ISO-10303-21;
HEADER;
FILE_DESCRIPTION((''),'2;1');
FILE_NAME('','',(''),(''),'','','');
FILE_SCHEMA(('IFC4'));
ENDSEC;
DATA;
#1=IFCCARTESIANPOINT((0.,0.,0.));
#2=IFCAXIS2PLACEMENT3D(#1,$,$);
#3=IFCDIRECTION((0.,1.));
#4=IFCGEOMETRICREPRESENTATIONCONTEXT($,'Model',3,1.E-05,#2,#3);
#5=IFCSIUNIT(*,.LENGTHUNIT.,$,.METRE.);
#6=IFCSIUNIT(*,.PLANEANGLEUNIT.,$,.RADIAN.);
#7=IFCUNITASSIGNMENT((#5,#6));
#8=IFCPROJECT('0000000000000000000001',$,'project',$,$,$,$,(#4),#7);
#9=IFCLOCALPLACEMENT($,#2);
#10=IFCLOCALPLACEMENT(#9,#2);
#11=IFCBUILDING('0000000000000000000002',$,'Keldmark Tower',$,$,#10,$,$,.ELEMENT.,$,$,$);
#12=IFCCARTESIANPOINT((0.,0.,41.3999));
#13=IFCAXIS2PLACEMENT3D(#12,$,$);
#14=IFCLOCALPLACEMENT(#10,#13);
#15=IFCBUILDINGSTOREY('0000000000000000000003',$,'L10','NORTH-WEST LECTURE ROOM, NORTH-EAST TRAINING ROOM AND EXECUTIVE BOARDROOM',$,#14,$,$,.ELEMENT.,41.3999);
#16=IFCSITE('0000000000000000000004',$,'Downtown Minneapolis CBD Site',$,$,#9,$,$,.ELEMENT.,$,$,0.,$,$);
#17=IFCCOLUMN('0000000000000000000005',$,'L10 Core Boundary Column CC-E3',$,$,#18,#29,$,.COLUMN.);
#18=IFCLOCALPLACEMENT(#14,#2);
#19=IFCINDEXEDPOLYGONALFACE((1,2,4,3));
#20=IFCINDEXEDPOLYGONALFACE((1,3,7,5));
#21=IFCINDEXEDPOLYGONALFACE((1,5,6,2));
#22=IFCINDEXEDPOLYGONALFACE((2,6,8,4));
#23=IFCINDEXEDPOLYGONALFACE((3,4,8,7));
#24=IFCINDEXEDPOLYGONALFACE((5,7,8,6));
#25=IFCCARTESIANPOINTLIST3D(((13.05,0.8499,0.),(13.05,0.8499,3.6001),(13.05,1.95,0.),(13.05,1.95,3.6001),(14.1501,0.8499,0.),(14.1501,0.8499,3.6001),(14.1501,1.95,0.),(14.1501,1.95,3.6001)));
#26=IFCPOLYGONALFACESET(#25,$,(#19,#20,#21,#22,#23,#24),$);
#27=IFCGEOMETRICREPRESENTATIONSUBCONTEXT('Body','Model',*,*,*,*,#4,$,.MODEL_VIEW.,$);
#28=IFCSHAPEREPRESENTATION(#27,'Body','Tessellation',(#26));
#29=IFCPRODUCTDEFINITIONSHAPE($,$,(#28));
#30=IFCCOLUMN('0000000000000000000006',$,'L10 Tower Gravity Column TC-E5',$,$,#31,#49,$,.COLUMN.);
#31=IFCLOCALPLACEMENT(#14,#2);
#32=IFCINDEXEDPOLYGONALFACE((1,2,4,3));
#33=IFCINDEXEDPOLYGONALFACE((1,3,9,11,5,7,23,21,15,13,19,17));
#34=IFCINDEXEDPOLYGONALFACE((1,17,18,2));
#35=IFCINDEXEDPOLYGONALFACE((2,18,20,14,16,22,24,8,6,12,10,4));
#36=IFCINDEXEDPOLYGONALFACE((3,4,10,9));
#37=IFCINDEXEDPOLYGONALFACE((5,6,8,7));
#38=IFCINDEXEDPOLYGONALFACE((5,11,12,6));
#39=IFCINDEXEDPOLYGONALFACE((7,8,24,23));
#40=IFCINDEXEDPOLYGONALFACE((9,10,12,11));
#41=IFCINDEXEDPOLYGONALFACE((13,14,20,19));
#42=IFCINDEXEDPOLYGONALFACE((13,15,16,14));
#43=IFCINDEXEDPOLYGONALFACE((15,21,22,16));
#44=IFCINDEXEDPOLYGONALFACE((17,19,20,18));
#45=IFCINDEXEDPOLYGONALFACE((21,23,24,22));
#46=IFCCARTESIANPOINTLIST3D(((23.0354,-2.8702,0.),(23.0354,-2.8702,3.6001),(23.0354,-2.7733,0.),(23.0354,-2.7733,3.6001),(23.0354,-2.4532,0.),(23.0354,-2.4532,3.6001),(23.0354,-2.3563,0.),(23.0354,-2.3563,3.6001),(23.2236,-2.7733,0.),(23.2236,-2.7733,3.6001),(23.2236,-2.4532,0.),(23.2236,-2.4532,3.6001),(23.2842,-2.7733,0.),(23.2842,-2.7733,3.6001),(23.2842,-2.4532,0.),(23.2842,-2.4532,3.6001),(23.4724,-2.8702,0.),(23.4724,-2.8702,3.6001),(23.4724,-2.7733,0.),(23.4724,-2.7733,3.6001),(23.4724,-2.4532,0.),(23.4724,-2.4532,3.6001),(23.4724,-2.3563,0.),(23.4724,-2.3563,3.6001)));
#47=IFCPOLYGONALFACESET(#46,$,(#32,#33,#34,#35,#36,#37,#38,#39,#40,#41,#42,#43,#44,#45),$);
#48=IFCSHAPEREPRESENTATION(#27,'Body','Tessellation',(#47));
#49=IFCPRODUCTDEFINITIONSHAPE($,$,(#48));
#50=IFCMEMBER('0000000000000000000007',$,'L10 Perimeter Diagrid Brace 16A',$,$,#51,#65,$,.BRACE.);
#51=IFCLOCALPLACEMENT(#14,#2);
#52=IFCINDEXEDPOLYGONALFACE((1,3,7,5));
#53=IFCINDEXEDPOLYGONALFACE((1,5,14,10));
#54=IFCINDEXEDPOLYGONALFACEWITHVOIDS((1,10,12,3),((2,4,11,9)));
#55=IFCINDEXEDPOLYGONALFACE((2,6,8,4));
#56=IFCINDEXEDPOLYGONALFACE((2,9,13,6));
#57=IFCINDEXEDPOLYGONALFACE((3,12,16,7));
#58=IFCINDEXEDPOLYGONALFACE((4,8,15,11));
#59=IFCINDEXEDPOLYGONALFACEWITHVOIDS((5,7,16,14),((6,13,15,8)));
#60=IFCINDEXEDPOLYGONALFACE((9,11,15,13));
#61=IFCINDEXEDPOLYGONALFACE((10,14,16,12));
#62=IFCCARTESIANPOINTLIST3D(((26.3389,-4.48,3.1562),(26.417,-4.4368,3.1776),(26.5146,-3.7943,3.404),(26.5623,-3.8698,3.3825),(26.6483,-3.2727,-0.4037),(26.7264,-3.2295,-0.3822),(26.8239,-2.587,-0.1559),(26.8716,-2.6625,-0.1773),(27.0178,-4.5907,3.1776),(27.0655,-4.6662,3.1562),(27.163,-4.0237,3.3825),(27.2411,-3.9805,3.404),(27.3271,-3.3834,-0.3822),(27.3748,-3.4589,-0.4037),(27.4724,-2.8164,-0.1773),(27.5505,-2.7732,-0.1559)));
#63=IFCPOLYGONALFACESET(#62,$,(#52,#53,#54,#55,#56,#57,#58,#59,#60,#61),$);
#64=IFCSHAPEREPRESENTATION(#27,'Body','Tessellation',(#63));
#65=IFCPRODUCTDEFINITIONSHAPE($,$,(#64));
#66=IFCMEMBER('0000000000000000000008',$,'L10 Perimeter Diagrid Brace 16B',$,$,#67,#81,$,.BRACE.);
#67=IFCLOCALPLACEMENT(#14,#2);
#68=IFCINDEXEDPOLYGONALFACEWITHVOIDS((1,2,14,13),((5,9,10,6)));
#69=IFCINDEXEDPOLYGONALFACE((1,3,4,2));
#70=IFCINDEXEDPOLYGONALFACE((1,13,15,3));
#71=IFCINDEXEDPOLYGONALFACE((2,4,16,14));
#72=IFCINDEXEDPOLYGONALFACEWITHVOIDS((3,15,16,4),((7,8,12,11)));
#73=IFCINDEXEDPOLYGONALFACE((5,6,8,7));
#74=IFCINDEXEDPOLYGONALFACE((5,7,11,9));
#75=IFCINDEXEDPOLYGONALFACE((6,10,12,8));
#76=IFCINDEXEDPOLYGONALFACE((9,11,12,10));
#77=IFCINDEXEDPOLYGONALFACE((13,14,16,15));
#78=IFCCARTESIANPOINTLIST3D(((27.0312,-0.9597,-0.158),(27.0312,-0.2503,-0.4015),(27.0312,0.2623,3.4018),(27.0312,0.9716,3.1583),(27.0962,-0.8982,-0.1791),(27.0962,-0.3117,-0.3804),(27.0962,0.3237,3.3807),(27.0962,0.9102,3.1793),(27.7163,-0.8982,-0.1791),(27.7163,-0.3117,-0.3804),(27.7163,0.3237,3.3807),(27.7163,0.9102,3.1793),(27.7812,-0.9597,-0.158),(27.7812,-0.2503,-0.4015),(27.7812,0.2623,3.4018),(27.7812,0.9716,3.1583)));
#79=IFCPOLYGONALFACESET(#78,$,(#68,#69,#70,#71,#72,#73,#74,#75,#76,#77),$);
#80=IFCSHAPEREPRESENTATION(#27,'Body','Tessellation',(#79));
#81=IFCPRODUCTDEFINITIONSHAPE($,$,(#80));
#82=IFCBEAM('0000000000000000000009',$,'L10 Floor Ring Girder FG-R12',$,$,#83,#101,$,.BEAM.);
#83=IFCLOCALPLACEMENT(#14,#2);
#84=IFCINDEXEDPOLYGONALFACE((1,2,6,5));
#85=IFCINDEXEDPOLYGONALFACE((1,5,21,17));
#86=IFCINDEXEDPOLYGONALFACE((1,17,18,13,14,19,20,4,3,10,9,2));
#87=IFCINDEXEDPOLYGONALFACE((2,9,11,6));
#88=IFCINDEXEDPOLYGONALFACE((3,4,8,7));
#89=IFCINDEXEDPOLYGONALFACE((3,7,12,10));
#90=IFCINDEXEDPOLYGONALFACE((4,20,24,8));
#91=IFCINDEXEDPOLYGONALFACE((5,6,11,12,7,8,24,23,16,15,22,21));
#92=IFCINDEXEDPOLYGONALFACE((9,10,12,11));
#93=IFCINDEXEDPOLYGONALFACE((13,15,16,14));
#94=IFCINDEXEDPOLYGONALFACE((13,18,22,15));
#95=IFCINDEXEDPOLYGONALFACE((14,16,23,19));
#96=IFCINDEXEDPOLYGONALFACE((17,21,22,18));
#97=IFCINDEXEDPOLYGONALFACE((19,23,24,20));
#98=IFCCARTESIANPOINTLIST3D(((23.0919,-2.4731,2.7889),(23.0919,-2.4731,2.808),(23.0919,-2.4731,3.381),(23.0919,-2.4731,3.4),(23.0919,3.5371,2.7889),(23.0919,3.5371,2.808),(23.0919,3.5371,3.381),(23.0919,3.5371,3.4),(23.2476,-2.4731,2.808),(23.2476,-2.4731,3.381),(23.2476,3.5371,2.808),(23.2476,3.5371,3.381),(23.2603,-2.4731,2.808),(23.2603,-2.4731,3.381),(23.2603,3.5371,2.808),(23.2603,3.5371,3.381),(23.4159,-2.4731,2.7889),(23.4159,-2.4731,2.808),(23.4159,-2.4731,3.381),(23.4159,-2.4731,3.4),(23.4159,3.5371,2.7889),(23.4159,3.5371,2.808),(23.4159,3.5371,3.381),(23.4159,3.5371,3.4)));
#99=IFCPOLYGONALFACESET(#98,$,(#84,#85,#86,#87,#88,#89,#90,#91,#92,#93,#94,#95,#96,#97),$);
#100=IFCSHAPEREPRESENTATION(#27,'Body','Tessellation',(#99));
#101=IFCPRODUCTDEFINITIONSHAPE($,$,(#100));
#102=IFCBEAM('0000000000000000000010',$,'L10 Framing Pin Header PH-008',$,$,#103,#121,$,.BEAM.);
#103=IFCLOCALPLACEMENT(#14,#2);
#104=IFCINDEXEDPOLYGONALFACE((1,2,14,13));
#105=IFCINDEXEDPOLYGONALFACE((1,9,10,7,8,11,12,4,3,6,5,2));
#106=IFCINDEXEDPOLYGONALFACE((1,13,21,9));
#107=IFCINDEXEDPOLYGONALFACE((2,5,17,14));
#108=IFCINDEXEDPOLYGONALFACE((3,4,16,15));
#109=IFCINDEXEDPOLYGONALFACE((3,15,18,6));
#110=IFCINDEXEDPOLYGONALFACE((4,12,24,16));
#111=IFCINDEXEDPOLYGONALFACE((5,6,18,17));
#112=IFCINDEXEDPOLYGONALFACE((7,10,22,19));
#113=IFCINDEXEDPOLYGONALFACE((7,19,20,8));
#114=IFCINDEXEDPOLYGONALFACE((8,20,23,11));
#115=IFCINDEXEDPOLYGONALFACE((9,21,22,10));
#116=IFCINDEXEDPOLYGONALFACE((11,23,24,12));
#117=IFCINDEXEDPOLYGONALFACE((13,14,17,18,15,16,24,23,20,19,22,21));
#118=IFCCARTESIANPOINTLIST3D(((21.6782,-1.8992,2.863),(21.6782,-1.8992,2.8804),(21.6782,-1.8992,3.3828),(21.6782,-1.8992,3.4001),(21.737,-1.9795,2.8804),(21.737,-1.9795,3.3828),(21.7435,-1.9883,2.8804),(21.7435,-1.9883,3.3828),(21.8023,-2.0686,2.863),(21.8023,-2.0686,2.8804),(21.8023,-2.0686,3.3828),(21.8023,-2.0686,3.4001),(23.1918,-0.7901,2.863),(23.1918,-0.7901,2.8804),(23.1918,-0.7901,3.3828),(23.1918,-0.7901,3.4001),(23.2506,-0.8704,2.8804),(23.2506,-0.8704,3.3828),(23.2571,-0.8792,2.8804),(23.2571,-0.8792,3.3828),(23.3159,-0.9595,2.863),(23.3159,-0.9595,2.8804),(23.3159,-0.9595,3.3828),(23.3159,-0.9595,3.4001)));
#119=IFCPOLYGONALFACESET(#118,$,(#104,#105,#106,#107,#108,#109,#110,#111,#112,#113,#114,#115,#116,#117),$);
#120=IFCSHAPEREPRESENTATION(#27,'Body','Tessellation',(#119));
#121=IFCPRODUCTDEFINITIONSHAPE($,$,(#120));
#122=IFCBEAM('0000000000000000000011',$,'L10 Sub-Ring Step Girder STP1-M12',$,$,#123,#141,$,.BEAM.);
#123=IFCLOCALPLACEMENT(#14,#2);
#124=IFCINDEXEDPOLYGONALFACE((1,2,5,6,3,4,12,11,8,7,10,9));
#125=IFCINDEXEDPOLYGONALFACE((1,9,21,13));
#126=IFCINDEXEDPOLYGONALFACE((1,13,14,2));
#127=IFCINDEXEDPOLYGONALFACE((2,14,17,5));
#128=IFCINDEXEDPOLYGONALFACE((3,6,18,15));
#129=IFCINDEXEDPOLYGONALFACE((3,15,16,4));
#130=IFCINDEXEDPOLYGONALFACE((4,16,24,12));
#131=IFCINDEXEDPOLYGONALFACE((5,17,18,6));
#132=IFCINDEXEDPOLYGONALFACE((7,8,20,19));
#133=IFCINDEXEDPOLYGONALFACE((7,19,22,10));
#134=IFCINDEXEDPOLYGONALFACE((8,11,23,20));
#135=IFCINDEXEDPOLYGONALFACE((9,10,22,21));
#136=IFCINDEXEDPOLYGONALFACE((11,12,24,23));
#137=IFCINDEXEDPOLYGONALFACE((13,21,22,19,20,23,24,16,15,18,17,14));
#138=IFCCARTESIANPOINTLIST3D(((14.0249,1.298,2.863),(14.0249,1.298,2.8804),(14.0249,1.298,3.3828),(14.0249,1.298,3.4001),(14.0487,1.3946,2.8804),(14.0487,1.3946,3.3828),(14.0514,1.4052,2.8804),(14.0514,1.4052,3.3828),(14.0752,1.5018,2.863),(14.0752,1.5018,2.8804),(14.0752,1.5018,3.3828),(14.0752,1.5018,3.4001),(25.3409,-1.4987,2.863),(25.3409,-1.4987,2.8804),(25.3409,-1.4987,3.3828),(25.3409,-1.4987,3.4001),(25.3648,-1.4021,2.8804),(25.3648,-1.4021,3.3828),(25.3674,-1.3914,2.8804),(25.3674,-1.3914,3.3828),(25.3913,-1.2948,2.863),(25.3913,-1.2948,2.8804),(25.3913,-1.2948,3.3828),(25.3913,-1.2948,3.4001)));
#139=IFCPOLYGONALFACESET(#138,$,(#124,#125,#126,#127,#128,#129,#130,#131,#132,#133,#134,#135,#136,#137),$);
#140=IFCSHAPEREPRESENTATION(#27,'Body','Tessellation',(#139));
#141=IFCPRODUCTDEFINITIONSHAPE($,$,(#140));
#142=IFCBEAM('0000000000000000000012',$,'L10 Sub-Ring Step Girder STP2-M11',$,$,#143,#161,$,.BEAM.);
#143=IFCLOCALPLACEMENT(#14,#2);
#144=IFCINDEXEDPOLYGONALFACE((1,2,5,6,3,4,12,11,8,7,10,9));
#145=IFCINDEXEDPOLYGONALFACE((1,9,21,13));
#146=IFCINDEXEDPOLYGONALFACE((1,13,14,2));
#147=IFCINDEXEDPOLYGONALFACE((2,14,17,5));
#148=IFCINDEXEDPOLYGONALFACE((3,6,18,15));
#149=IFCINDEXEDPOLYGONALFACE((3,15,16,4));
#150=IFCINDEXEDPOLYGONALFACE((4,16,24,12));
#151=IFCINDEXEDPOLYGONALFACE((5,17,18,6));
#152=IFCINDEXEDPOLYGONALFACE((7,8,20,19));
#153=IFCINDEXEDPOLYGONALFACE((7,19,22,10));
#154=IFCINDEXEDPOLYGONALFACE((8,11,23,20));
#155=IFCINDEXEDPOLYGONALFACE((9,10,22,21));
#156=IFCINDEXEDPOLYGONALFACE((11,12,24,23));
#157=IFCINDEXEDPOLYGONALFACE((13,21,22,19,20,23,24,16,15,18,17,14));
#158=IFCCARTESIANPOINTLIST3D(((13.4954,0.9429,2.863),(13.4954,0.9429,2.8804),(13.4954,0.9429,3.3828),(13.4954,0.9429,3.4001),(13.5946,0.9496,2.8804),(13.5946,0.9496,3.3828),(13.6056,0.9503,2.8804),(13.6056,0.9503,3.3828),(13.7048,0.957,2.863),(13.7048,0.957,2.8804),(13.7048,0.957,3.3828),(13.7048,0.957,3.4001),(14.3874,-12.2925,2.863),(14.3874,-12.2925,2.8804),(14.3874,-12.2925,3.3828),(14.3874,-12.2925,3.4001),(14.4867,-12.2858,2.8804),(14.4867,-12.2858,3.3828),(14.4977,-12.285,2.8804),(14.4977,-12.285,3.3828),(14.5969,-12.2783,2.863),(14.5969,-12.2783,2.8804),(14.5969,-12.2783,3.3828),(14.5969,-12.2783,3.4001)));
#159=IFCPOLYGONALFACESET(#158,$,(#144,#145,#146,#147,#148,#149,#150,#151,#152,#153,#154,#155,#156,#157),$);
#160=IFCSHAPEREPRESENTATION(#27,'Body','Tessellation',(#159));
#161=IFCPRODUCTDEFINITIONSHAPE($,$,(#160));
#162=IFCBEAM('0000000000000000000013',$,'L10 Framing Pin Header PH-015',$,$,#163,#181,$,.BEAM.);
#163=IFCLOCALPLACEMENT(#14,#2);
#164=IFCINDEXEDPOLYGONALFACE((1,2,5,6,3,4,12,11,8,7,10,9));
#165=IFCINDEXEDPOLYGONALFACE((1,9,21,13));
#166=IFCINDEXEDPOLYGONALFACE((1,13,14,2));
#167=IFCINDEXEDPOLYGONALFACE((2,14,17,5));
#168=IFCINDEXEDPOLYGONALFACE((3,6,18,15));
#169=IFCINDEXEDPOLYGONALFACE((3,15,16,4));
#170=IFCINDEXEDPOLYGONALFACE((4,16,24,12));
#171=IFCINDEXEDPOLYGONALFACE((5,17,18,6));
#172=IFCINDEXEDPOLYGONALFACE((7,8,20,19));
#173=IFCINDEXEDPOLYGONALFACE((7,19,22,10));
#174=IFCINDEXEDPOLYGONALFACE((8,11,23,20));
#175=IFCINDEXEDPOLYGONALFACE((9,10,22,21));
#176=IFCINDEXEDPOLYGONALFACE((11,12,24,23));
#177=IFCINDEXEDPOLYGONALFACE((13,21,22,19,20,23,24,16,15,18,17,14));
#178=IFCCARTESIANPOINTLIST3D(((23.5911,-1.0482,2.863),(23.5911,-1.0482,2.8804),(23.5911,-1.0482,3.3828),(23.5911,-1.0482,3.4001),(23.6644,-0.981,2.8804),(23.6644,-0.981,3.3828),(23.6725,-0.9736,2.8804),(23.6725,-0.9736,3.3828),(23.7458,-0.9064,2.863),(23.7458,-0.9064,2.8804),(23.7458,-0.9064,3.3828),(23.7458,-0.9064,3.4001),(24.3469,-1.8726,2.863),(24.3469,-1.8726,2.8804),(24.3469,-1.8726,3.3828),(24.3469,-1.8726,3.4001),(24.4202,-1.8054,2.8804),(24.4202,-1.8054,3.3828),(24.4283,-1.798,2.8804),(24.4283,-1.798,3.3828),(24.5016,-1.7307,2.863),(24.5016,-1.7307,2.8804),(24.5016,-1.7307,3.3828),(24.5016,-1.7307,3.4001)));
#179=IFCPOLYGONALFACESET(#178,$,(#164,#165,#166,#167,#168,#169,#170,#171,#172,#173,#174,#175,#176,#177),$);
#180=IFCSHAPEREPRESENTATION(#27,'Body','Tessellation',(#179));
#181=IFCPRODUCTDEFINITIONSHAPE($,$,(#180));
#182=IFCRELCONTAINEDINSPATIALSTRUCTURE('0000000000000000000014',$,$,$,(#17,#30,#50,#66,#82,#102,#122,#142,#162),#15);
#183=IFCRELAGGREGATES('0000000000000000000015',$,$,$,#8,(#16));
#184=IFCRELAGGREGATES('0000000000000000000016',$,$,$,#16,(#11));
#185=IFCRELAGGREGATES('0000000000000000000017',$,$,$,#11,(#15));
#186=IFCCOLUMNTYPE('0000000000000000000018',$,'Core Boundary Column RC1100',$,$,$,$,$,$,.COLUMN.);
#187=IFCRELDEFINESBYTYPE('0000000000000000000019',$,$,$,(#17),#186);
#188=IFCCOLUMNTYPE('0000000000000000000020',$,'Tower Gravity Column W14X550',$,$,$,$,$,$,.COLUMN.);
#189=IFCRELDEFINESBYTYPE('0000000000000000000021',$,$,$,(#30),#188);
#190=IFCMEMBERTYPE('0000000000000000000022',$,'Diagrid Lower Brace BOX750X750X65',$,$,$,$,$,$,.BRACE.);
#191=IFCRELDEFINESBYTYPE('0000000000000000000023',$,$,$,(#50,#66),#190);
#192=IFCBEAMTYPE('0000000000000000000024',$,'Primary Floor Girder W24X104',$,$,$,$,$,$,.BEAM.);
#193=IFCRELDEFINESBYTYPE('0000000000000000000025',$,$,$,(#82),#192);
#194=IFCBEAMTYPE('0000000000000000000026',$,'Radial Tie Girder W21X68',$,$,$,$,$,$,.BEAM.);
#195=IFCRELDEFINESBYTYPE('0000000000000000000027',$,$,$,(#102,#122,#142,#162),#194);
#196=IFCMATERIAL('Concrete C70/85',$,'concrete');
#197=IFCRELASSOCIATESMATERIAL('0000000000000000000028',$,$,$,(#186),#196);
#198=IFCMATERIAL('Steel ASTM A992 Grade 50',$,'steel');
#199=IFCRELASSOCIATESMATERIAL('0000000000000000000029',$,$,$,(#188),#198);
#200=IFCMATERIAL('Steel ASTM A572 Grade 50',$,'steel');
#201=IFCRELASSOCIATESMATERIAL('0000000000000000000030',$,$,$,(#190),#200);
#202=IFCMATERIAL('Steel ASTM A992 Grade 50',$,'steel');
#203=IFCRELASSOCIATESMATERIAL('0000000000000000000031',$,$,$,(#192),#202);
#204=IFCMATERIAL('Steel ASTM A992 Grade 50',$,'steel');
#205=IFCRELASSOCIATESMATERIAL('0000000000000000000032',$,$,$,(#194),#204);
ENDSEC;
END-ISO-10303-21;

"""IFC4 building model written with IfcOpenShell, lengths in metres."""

from ifc_helpers import new_model, si_unit, direction, frame, origin, origin_2d, place, context, subcontext, project, spatial, rectangle, hollow_rectangle, i_section, extrude, material, material_profile, profile_set, type_object, element, save


model = new_model("IFC4")

# Units and contexts
model_context = context("Model", 3, precision=1e-05, world=origin(), true_north=direction((0.0, 1.0)))
body_context = subcontext(model_context, "Body", "Model", "MODEL_VIEW")
ifc_project = project(units=[si_unit("LENGTHUNIT", "METRE"), si_unit("PLANEANGLEUNIT", "RADIAN")], contexts=[model_context])

# Site, building, storey
site_placement = place(None, origin())
site = spatial("IfcSite", under=ifc_project, at=site_placement, Name="Downtown Minneapolis CBD Site", CompositionType="ELEMENT", RefElevation=0.0)
building_placement = place(site_placement, origin())
building = spatial("IfcBuilding", under=site, at=building_placement, Name="Keldmark Tower", CompositionType="ELEMENT")
storey_placement = place(building_placement, frame((0.0, 0.0, 41.3999)))
storey = spatial("IfcBuildingStorey", under=building, at=storey_placement, Name="L10", Description="NORTH-WEST LECTURE ROOM, NORTH-EAST TRAINING ROOM AND EXECUTIVE BOARDROOM", CompositionType="ELEMENT", Elevation=41.3999)

# Columns
ifc_material_1 = material(Name="Concrete C70/85", Category="concrete")
ifc_material_profile_1 = material_profile(ifc_material_1, rectangle(XDim=1.1001, YDim=1.1001, at=origin_2d()), Name="RC1100X1100")
ifc_profile_set_1 = profile_set([ifc_material_profile_1], Name="Concrete C70/85")
column_type_1 = type_object("IfcColumnType", Name="Core Boundary Column RC1100", PredefinedType="COLUMN", material=ifc_profile_set_1)
column_1_placement = place(storey_placement, frame((13.6001, 1.3999, 0.0), z_axis=(0.0, 0.0, 1.0), x_axis=(1.0, 0.0, 0.0)))
element("IfcColumn", 1, at=column_1_placement, inside=storey, type_object=column_type_1, Name="L10 Core Boundary Column CC-E3", PredefinedType="COLUMN", context=body_context, shape_type="SweptSolid", body=[
    extrude(rectangle(XDim=1.1001, YDim=1.1001, at=origin_2d()), origin(), (0.0, 0.0, 1.0), 3.6001),
])
ifc_material_2 = material(Name="Steel ASTM A992 Grade 50", Category="steel")
ifc_material_profile_2 = material_profile(ifc_material_2, i_section(OverallWidth=0.437, OverallDepth=0.5139, WebThickness=0.0605, FlangeThickness=0.0969, at=origin_2d()), Name="W14X550")
ifc_profile_set_2 = profile_set([ifc_material_profile_2], Name="Steel ASTM A992 Grade 50")
column_type_2 = type_object("IfcColumnType", Name="Tower Gravity Column W14X550", PredefinedType="COLUMN", material=ifc_profile_set_2)
column_2_placement = place(storey_placement, frame((23.2539, -2.6133, 0.0), z_axis=(0.0, 0.0, 1.0), x_axis=(1.0, 0.0, 0.0)))
element("IfcColumn", 2, at=column_2_placement, inside=storey, type_object=column_type_2, Name="L10 Tower Gravity Column TC-E5", PredefinedType="COLUMN", context=body_context, shape_type="SweptSolid", body=[
    extrude(i_section(OverallWidth=0.437, OverallDepth=0.5139, WebThickness=0.0605, FlangeThickness=0.0969, at=origin_2d()), origin(), (0.0, 0.0, 1.0), 3.6001),
])

# Members
ifc_material_3 = material(Name="Steel ASTM A572 Grade 50", Category="steel")
ifc_material_profile_3 = material_profile(ifc_material_3, hollow_rectangle(XDim=0.75, YDim=0.75, WallThickness=0.0649, at=origin_2d()), Name="BOX750X750X65")
ifc_profile_set_3 = profile_set([ifc_material_profile_3], Name="Steel ASTM A572 Grade 50")
member_type = type_object("IfcMemberType", Name="Diagrid Lower Brace BOX750X750X65", PredefinedType="BRACE", material=ifc_profile_set_3)
member_1_placement = place(storey_placement, frame((27.0994, -3.0229, -0.2798), z_axis=(-0.082013, -0.320091, 0.94383), x_axis=(0.968709, -0.248201, 0.0)))
element("IfcMember", 3, at=member_1_placement, inside=storey, type_object=member_type, Name="L10 Perimeter Diagrid Brace 16A", PredefinedType="BRACE", context=body_context, shape_type="SweptSolid", body=[
    extrude(hollow_rectangle(XDim=0.75, YDim=0.75, WallThickness=0.0649, at=origin_2d()), origin(), (0.0, 0.0, 1.0), 3.7717),
])
member_2_placement = place(storey_placement, frame((27.4062, -0.605, -0.2798), z_axis=(0.0, 0.324661, 0.94583), x_axis=(-1.0, 0.0, 0.0)))
element("IfcMember", 4, at=member_2_placement, inside=storey, type_object=member_type, Name="L10 Perimeter Diagrid Brace 16B", PredefinedType="BRACE", context=body_context, shape_type="SweptSolid", body=[
    extrude(hollow_rectangle(XDim=0.75, YDim=0.75, WallThickness=0.0649, at=origin_2d()), origin(), (0.0, 0.0, 1.0), 3.7637),
])

# Beams
ifc_material_4 = material(Name="Steel ASTM A992 Grade 50", Category="steel")
ifc_material_profile_4 = material_profile(ifc_material_4, i_section(OverallWidth=0.324, OverallDepth=0.6111, WebThickness=0.0127, FlangeThickness=0.019, at=origin_2d()), Name="W24X104")
ifc_profile_set_4 = profile_set([ifc_material_profile_4], Name="Steel ASTM A992 Grade 50")
beam_type_1 = type_object("IfcBeamType", Name="Primary Floor Girder W24X104", PredefinedType="BEAM", material=ifc_profile_set_4)
beam_1_placement = place(storey_placement, frame((23.2539, -2.4731, 3.0945), z_axis=(0.0, 1.0, 0.0), x_axis=(-1.0, 0.0, 0.0)))
element("IfcBeam", 5, at=beam_1_placement, inside=storey, type_object=beam_type_1, Name="L10 Floor Ring Girder FG-R12", PredefinedType="BEAM", context=body_context, shape_type="SweptSolid", body=[
    extrude(i_section(OverallWidth=0.324, OverallDepth=0.6111, WebThickness=0.0127, FlangeThickness=0.019, at=origin_2d()), origin(), (0.0, 0.0, 1.0), 6.0103),
])
ifc_material_5 = material(Name="Steel ASTM A992 Grade 50", Category="steel")
ifc_material_profile_5 = material_profile(ifc_material_5, i_section(OverallWidth=0.21, OverallDepth=0.5371, WebThickness=0.011, FlangeThickness=0.0173, at=origin_2d()), Name="W21X68")
ifc_profile_set_5 = profile_set([ifc_material_profile_5], Name="Steel ASTM A992 Grade 50")
beam_type_2 = type_object("IfcBeamType", Name="Radial Tie Girder W21X68", PredefinedType="BEAM", material=ifc_profile_set_5)
beam_2_placement = place(storey_placement, frame((21.7402, -1.9839, 3.1316), z_axis=(0.806632, 0.591053, 0.0), x_axis=(-0.591053, 0.806632, 0.0)))
element("IfcBeam", 6, at=beam_2_placement, inside=storey, type_object=beam_type_2, Name="L10 Framing Pin Header PH-008", PredefinedType="BEAM", context=body_context, shape_type="SweptSolid", body=[
    extrude(i_section(OverallWidth=0.21, OverallDepth=0.5371, WebThickness=0.011, FlangeThickness=0.0173, at=origin_2d()), origin(), (0.0, 0.0, 1.0), 1.8765),
])
beam_3_placement = place(storey_placement, frame((14.05, 1.3999, 3.1316), z_axis=(0.970792, -0.239923, 0.0), x_axis=(0.239923, 0.970792, 0.0)))
element("IfcBeam", 7, at=beam_3_placement, inside=storey, type_object=beam_type_2, Name="L10 Sub-Ring Step Girder STP1-M12", PredefinedType="BEAM", context=body_context, shape_type="SweptSolid", body=[
    extrude(i_section(OverallWidth=0.21, OverallDepth=0.5371, WebThickness=0.011, FlangeThickness=0.0173, at=origin_2d()), origin(), (0.0, 0.0, 1.0), 11.6565),
])
beam_4_placement = place(storey_placement, frame((13.6001, 0.95, 3.1316), z_axis=(0.067249, -0.997736, 0.0), x_axis=(0.997736, 0.067249, 0.0)))
element("IfcBeam", 8, at=beam_4_placement, inside=storey, type_object=beam_type_2, Name="L10 Sub-Ring Step Girder STP2-M11", PredefinedType="BEAM", context=body_context, shape_type="SweptSolid", body=[
    extrude(i_section(OverallWidth=0.21, OverallDepth=0.5371, WebThickness=0.011, FlangeThickness=0.0173, at=origin_2d()), origin(), (0.0, 0.0, 1.0), 13.2654),
])
beam_5_placement = place(storey_placement, frame((23.6685, -0.9773, 3.1316), z_axis=(0.675774, -0.737109, 0.0), x_axis=(0.737109, 0.675774, 0.0)))
element("IfcBeam", 9, at=beam_5_placement, inside=storey, type_object=beam_type_2, Name="L10 Framing Pin Header PH-015", PredefinedType="BEAM", context=body_context, shape_type="SweptSolid", body=[
    extrude(i_section(OverallWidth=0.21, OverallDepth=0.5371, WebThickness=0.011, FlangeThickness=0.0173, at=origin_2d()), origin(), (0.0, 0.0, 1.0), 1.1184),
])

save(model, "model.ifc")
